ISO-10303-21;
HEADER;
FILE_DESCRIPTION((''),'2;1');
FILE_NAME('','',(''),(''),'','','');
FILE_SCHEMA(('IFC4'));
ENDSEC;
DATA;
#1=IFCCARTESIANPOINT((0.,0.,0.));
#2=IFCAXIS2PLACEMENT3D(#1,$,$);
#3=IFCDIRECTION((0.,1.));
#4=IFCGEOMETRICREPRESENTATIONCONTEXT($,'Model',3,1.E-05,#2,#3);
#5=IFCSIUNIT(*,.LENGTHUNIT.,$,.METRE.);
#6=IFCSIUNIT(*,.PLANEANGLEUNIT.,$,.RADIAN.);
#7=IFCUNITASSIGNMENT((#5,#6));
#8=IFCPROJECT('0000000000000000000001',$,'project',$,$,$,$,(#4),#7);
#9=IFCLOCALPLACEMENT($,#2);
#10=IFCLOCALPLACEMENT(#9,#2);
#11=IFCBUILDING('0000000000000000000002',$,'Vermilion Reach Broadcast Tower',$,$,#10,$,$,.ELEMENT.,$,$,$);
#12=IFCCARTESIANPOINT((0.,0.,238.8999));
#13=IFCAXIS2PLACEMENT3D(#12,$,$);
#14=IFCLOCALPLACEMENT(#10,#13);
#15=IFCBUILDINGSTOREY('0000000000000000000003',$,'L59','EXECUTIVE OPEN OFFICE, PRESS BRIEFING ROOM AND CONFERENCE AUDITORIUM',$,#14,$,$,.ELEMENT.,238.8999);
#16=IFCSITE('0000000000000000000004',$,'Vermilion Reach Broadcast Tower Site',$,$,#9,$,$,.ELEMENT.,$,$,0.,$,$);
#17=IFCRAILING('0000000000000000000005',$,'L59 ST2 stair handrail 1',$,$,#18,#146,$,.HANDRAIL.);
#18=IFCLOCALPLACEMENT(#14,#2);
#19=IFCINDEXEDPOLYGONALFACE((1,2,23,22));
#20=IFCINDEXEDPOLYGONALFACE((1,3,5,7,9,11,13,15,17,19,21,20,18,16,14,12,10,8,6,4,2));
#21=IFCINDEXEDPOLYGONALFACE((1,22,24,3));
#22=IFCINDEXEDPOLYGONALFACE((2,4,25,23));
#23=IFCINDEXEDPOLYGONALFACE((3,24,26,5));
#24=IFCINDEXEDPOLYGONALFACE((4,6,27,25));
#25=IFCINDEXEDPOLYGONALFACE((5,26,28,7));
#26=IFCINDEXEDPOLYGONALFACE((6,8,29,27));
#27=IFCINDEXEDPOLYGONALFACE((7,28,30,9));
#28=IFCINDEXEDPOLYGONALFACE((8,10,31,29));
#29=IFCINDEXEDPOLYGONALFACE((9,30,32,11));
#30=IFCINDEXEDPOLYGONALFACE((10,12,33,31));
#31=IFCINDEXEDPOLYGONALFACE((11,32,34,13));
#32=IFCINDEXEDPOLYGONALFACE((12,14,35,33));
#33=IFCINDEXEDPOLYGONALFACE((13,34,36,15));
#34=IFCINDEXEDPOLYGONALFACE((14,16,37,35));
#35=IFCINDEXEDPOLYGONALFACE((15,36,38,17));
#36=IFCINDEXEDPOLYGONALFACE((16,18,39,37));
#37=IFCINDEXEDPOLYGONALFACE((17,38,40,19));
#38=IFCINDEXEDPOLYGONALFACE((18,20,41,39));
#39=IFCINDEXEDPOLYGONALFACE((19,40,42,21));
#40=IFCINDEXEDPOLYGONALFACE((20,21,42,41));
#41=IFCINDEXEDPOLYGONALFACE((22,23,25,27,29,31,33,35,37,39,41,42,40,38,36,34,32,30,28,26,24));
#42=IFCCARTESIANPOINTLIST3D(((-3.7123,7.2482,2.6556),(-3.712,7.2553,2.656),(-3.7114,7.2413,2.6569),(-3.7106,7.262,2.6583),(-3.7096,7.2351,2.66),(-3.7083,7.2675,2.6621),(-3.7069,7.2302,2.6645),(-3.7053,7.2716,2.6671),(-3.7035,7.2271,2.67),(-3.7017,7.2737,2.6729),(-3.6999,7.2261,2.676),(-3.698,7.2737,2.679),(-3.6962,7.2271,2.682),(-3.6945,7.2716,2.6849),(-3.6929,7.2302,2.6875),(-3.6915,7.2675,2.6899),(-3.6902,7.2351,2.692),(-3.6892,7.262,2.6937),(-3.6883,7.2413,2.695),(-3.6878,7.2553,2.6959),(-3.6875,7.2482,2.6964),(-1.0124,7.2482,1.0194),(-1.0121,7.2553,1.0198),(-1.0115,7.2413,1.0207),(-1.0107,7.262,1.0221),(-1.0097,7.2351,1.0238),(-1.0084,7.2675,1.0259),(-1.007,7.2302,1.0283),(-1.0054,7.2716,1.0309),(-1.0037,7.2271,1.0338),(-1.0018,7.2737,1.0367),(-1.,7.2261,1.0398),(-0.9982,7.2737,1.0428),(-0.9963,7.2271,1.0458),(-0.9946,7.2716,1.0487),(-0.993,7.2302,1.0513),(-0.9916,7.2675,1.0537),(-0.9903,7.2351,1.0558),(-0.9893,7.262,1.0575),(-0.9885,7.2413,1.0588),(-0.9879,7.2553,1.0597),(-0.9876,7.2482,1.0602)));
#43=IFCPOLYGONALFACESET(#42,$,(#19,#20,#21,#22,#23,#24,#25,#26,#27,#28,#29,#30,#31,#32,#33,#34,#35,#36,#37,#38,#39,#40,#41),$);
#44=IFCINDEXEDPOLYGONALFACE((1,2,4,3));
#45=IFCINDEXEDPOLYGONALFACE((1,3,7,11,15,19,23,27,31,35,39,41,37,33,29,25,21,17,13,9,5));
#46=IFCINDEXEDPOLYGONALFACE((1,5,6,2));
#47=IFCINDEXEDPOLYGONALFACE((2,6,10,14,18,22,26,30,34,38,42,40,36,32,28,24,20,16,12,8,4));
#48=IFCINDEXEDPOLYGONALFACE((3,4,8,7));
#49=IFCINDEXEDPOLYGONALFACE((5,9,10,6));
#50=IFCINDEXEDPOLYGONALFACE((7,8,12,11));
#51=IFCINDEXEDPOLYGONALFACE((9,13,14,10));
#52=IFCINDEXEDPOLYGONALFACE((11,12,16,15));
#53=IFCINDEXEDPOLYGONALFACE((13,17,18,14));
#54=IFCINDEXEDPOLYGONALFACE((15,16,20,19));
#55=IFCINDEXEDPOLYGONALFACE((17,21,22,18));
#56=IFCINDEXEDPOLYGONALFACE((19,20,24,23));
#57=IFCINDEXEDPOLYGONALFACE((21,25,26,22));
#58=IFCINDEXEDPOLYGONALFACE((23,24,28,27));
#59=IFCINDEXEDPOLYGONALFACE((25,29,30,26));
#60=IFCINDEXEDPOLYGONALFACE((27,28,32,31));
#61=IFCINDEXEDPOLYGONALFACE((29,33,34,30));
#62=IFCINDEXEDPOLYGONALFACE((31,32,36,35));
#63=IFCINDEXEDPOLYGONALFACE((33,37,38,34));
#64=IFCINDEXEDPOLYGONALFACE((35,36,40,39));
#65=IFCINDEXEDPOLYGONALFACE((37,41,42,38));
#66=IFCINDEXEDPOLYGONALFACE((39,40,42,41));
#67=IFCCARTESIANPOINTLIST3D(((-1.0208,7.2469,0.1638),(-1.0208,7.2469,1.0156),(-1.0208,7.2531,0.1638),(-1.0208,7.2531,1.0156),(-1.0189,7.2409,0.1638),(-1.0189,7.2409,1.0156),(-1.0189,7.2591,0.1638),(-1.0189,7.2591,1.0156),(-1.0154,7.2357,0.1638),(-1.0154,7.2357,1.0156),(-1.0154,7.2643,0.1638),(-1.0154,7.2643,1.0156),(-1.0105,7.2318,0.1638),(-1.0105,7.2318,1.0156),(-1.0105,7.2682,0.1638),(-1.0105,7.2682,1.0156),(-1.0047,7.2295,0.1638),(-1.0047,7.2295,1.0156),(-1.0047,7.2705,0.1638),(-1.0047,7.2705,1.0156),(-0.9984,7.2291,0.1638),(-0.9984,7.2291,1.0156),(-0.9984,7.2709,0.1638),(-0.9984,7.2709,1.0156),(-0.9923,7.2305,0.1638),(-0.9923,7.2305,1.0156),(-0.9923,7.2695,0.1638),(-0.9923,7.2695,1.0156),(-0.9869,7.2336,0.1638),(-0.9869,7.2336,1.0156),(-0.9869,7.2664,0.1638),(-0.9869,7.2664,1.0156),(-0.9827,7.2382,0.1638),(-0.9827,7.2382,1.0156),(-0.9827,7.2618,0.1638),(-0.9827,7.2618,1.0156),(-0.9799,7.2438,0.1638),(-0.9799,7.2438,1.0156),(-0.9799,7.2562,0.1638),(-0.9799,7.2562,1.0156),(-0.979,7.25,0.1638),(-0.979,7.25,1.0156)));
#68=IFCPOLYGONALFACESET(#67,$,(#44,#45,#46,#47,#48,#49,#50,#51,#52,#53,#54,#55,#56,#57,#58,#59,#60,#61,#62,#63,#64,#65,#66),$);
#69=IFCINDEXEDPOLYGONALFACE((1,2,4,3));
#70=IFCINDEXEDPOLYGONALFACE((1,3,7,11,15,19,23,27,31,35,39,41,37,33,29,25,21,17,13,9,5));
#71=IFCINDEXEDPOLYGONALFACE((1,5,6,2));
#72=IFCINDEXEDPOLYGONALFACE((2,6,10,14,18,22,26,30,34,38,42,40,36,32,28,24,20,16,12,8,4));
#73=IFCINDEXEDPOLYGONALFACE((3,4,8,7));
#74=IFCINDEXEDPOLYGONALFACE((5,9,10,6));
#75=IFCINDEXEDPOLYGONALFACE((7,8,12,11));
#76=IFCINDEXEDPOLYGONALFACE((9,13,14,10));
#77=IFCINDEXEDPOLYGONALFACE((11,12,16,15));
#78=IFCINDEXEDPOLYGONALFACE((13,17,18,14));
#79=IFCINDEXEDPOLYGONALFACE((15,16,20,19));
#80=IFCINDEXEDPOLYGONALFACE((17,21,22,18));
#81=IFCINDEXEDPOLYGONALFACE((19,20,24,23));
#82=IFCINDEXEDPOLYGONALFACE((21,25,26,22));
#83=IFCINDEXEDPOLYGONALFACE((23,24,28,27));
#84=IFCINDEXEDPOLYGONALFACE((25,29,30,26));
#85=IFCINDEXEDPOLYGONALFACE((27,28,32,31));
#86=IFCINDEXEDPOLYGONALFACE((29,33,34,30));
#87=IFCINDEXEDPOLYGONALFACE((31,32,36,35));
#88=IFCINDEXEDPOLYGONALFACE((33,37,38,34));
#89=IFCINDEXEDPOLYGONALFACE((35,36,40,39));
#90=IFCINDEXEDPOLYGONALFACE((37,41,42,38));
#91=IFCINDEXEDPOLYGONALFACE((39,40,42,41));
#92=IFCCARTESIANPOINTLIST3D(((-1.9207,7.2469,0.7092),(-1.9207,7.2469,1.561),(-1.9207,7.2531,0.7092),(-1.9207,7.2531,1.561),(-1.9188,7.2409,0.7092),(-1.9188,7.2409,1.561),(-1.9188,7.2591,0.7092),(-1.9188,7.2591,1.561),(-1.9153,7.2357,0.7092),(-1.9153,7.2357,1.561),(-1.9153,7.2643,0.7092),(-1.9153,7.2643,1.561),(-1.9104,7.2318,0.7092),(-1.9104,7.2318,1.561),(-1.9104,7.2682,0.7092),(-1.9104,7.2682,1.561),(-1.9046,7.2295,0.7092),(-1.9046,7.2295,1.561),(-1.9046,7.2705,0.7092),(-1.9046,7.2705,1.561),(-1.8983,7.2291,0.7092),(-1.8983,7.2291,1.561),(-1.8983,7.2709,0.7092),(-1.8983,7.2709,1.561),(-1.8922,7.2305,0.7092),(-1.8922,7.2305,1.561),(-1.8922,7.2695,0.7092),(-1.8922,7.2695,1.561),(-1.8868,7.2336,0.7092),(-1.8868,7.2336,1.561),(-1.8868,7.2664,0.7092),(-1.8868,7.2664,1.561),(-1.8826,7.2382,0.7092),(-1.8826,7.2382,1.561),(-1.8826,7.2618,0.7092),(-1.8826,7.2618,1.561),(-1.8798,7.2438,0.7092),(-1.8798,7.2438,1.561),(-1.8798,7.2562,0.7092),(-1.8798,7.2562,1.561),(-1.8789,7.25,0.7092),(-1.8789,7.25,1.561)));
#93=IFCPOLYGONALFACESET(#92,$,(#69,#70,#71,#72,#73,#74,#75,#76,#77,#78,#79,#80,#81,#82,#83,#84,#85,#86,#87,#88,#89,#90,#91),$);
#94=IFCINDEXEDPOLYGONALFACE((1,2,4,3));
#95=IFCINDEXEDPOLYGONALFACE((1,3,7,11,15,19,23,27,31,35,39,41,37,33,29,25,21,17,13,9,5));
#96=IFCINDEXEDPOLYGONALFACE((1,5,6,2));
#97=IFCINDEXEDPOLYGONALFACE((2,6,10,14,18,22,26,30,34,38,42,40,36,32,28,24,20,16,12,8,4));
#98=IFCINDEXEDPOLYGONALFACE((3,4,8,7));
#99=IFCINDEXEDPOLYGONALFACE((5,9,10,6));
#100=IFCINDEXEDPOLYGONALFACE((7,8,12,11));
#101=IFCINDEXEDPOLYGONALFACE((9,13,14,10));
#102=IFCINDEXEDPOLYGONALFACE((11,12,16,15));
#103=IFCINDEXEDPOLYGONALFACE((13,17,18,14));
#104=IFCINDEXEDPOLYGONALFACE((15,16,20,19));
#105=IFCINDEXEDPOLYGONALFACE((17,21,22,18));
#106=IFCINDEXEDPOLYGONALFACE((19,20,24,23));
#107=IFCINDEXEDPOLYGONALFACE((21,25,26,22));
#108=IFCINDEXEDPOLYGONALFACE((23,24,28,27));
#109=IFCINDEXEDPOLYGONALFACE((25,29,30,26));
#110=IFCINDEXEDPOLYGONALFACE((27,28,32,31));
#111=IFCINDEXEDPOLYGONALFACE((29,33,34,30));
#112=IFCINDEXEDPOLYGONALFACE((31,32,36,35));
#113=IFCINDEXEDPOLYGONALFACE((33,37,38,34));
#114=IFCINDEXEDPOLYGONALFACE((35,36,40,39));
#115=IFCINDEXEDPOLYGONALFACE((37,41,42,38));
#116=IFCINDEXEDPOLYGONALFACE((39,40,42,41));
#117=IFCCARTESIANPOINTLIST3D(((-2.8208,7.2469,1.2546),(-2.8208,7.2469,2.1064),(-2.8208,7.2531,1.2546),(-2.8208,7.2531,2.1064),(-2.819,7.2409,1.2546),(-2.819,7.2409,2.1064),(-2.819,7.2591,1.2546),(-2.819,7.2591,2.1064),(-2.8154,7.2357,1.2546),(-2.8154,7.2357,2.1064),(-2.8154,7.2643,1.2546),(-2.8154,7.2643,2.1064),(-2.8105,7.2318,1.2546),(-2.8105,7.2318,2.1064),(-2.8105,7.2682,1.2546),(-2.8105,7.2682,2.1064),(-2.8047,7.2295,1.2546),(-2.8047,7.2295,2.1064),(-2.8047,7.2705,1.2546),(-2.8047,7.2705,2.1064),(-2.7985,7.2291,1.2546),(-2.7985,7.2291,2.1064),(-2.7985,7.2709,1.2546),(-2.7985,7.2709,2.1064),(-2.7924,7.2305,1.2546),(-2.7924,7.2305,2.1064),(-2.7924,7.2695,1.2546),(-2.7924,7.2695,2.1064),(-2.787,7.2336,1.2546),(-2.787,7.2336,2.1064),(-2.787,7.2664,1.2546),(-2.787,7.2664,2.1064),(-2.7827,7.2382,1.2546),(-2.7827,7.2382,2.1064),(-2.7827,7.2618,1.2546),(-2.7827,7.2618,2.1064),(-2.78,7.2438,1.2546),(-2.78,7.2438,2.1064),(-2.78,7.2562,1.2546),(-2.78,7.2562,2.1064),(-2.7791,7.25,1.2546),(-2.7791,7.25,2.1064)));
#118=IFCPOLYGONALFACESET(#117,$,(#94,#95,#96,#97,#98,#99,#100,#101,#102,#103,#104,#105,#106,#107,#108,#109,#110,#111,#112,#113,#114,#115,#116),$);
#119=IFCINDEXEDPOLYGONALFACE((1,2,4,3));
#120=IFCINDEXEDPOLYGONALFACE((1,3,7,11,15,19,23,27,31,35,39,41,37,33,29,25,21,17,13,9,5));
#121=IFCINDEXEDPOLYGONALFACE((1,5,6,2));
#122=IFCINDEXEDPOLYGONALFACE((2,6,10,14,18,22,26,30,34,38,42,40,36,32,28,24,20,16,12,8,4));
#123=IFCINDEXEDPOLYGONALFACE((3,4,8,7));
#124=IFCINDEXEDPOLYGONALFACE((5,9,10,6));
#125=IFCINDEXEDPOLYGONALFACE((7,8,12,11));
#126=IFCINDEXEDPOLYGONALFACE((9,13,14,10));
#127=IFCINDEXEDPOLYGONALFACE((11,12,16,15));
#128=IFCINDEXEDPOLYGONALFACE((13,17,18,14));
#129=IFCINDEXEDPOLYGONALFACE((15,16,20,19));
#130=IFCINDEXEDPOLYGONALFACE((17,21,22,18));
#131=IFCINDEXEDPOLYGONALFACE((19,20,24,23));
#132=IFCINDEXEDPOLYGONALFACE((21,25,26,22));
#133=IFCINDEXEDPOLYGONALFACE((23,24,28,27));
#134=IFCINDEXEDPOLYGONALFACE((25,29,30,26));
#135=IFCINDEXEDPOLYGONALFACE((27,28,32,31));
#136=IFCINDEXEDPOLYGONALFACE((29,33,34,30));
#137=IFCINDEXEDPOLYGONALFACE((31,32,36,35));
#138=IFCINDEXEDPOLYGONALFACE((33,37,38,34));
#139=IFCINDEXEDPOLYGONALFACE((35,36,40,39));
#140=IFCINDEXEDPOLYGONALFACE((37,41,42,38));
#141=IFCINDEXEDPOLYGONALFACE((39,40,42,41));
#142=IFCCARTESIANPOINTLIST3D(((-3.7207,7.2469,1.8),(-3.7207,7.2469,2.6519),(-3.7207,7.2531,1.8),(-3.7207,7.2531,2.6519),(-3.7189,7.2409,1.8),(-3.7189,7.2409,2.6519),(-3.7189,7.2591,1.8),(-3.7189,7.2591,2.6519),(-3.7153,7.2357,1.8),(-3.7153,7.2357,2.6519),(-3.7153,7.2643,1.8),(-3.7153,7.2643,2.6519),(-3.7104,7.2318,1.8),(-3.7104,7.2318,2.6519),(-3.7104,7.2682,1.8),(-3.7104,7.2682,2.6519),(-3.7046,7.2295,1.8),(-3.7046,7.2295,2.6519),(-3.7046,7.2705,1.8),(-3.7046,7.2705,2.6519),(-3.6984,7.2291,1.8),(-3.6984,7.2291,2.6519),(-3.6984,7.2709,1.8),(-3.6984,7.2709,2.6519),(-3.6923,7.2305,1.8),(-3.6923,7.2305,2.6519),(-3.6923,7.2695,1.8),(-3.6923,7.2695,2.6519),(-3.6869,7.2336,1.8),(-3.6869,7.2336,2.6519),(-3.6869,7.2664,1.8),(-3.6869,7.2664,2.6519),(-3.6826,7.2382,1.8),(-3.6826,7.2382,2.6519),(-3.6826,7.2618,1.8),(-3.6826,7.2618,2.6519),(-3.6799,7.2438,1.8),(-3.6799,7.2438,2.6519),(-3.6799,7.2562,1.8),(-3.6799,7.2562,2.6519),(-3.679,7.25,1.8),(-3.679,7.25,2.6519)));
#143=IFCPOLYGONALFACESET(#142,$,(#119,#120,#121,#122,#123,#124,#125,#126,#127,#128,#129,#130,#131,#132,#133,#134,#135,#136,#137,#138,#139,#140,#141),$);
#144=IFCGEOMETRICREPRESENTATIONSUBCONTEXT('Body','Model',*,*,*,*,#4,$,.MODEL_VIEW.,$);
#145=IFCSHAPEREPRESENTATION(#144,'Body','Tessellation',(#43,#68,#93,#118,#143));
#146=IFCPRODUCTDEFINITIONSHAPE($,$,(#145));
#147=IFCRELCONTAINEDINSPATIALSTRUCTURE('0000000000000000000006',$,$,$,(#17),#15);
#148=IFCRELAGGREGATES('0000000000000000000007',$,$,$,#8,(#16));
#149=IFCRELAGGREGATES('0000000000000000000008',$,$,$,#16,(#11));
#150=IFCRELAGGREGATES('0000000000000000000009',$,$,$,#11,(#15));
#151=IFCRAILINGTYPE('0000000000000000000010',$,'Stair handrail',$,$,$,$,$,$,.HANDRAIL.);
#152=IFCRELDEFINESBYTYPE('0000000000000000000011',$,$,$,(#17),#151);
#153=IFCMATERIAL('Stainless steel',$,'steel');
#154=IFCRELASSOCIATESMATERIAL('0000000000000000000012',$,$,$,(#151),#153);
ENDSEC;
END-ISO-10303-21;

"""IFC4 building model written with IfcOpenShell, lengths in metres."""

from ifc_helpers import new_model, si_unit, direction, frame, origin, origin_2d, place, context, subcontext, project, spatial, circle, extrude, material, type_object, element, save


model = new_model("IFC4")

# Units and contexts
model_context = context("Model", 3, precision=1e-05, world=origin(), true_north=direction((0.0, 1.0)))
body_context = subcontext(model_context, "Body", "Model", "MODEL_VIEW")
ifc_project = project(units=[si_unit("LENGTHUNIT", "METRE"), si_unit("PLANEANGLEUNIT", "RADIAN")], contexts=[model_context])

# Site, building, storey
site_placement = place(None, origin())
site = spatial("IfcSite", under=ifc_project, at=site_placement, Name="Vermilion Reach Broadcast Tower Site", CompositionType="ELEMENT", RefElevation=0.0)
building_placement = place(site_placement, origin())
building = spatial("IfcBuilding", under=site, at=building_placement, Name="Vermilion Reach Broadcast Tower", CompositionType="ELEMENT")
storey_placement = place(building_placement, frame((0.0, 0.0, 238.8999)))
storey = spatial("IfcBuildingStorey", under=building, at=storey_placement, Name="L59", Description="EXECUTIVE OPEN OFFICE, PRESS BRIEFING ROOM AND CONFERENCE AUDITORIUM", CompositionType="ELEMENT", Elevation=238.8999)

# Railing
ifc_material_1 = material(Name="Stainless steel", Category="steel")
railing_type_1 = type_object("IfcRailingType", Name="Stair handrail", PredefinedType="HANDRAIL", material=ifc_material_1)
railing_1_placement = place(storey_placement, frame((-1.0, 7.25, 0.1638)))
element("IfcRailing", 1, at=railing_1_placement, inside=storey, type_object=railing_type_1, Name="L59 ST2 stair handrail 1", PredefinedType="HANDRAIL", context=body_context, shape_type="SweptSolid", body=[
    extrude(circle(Radius=0.0239, at=origin_2d()), frame((0.0, 0.0, 0.876), z_axis=(-0.855212, 0.0, 0.518278), x_axis=(0.0, -1.0, 0.0)), (0.0, 0.0, 1.0), 3.157),
    extrude(circle(Radius=0.021, at=origin_2d()), origin(), (0.0, 0.0, 1.0), 0.8518),
    extrude(circle(Radius=0.021, at=origin_2d()), frame((-0.8999, 0.0, 0.5454)), (0.0, 0.0, 1.0), 0.8518),
    extrude(circle(Radius=0.021, at=origin_2d()), frame((-1.8, 0.0, 1.0908)), (0.0, 0.0, 1.0), 0.8518),
    extrude(circle(Radius=0.021, at=origin_2d()), frame((-2.7, 0.0, 1.6362)), (0.0, 0.0, 1.0), 0.8518),
])

save(model, "model.ifc")
